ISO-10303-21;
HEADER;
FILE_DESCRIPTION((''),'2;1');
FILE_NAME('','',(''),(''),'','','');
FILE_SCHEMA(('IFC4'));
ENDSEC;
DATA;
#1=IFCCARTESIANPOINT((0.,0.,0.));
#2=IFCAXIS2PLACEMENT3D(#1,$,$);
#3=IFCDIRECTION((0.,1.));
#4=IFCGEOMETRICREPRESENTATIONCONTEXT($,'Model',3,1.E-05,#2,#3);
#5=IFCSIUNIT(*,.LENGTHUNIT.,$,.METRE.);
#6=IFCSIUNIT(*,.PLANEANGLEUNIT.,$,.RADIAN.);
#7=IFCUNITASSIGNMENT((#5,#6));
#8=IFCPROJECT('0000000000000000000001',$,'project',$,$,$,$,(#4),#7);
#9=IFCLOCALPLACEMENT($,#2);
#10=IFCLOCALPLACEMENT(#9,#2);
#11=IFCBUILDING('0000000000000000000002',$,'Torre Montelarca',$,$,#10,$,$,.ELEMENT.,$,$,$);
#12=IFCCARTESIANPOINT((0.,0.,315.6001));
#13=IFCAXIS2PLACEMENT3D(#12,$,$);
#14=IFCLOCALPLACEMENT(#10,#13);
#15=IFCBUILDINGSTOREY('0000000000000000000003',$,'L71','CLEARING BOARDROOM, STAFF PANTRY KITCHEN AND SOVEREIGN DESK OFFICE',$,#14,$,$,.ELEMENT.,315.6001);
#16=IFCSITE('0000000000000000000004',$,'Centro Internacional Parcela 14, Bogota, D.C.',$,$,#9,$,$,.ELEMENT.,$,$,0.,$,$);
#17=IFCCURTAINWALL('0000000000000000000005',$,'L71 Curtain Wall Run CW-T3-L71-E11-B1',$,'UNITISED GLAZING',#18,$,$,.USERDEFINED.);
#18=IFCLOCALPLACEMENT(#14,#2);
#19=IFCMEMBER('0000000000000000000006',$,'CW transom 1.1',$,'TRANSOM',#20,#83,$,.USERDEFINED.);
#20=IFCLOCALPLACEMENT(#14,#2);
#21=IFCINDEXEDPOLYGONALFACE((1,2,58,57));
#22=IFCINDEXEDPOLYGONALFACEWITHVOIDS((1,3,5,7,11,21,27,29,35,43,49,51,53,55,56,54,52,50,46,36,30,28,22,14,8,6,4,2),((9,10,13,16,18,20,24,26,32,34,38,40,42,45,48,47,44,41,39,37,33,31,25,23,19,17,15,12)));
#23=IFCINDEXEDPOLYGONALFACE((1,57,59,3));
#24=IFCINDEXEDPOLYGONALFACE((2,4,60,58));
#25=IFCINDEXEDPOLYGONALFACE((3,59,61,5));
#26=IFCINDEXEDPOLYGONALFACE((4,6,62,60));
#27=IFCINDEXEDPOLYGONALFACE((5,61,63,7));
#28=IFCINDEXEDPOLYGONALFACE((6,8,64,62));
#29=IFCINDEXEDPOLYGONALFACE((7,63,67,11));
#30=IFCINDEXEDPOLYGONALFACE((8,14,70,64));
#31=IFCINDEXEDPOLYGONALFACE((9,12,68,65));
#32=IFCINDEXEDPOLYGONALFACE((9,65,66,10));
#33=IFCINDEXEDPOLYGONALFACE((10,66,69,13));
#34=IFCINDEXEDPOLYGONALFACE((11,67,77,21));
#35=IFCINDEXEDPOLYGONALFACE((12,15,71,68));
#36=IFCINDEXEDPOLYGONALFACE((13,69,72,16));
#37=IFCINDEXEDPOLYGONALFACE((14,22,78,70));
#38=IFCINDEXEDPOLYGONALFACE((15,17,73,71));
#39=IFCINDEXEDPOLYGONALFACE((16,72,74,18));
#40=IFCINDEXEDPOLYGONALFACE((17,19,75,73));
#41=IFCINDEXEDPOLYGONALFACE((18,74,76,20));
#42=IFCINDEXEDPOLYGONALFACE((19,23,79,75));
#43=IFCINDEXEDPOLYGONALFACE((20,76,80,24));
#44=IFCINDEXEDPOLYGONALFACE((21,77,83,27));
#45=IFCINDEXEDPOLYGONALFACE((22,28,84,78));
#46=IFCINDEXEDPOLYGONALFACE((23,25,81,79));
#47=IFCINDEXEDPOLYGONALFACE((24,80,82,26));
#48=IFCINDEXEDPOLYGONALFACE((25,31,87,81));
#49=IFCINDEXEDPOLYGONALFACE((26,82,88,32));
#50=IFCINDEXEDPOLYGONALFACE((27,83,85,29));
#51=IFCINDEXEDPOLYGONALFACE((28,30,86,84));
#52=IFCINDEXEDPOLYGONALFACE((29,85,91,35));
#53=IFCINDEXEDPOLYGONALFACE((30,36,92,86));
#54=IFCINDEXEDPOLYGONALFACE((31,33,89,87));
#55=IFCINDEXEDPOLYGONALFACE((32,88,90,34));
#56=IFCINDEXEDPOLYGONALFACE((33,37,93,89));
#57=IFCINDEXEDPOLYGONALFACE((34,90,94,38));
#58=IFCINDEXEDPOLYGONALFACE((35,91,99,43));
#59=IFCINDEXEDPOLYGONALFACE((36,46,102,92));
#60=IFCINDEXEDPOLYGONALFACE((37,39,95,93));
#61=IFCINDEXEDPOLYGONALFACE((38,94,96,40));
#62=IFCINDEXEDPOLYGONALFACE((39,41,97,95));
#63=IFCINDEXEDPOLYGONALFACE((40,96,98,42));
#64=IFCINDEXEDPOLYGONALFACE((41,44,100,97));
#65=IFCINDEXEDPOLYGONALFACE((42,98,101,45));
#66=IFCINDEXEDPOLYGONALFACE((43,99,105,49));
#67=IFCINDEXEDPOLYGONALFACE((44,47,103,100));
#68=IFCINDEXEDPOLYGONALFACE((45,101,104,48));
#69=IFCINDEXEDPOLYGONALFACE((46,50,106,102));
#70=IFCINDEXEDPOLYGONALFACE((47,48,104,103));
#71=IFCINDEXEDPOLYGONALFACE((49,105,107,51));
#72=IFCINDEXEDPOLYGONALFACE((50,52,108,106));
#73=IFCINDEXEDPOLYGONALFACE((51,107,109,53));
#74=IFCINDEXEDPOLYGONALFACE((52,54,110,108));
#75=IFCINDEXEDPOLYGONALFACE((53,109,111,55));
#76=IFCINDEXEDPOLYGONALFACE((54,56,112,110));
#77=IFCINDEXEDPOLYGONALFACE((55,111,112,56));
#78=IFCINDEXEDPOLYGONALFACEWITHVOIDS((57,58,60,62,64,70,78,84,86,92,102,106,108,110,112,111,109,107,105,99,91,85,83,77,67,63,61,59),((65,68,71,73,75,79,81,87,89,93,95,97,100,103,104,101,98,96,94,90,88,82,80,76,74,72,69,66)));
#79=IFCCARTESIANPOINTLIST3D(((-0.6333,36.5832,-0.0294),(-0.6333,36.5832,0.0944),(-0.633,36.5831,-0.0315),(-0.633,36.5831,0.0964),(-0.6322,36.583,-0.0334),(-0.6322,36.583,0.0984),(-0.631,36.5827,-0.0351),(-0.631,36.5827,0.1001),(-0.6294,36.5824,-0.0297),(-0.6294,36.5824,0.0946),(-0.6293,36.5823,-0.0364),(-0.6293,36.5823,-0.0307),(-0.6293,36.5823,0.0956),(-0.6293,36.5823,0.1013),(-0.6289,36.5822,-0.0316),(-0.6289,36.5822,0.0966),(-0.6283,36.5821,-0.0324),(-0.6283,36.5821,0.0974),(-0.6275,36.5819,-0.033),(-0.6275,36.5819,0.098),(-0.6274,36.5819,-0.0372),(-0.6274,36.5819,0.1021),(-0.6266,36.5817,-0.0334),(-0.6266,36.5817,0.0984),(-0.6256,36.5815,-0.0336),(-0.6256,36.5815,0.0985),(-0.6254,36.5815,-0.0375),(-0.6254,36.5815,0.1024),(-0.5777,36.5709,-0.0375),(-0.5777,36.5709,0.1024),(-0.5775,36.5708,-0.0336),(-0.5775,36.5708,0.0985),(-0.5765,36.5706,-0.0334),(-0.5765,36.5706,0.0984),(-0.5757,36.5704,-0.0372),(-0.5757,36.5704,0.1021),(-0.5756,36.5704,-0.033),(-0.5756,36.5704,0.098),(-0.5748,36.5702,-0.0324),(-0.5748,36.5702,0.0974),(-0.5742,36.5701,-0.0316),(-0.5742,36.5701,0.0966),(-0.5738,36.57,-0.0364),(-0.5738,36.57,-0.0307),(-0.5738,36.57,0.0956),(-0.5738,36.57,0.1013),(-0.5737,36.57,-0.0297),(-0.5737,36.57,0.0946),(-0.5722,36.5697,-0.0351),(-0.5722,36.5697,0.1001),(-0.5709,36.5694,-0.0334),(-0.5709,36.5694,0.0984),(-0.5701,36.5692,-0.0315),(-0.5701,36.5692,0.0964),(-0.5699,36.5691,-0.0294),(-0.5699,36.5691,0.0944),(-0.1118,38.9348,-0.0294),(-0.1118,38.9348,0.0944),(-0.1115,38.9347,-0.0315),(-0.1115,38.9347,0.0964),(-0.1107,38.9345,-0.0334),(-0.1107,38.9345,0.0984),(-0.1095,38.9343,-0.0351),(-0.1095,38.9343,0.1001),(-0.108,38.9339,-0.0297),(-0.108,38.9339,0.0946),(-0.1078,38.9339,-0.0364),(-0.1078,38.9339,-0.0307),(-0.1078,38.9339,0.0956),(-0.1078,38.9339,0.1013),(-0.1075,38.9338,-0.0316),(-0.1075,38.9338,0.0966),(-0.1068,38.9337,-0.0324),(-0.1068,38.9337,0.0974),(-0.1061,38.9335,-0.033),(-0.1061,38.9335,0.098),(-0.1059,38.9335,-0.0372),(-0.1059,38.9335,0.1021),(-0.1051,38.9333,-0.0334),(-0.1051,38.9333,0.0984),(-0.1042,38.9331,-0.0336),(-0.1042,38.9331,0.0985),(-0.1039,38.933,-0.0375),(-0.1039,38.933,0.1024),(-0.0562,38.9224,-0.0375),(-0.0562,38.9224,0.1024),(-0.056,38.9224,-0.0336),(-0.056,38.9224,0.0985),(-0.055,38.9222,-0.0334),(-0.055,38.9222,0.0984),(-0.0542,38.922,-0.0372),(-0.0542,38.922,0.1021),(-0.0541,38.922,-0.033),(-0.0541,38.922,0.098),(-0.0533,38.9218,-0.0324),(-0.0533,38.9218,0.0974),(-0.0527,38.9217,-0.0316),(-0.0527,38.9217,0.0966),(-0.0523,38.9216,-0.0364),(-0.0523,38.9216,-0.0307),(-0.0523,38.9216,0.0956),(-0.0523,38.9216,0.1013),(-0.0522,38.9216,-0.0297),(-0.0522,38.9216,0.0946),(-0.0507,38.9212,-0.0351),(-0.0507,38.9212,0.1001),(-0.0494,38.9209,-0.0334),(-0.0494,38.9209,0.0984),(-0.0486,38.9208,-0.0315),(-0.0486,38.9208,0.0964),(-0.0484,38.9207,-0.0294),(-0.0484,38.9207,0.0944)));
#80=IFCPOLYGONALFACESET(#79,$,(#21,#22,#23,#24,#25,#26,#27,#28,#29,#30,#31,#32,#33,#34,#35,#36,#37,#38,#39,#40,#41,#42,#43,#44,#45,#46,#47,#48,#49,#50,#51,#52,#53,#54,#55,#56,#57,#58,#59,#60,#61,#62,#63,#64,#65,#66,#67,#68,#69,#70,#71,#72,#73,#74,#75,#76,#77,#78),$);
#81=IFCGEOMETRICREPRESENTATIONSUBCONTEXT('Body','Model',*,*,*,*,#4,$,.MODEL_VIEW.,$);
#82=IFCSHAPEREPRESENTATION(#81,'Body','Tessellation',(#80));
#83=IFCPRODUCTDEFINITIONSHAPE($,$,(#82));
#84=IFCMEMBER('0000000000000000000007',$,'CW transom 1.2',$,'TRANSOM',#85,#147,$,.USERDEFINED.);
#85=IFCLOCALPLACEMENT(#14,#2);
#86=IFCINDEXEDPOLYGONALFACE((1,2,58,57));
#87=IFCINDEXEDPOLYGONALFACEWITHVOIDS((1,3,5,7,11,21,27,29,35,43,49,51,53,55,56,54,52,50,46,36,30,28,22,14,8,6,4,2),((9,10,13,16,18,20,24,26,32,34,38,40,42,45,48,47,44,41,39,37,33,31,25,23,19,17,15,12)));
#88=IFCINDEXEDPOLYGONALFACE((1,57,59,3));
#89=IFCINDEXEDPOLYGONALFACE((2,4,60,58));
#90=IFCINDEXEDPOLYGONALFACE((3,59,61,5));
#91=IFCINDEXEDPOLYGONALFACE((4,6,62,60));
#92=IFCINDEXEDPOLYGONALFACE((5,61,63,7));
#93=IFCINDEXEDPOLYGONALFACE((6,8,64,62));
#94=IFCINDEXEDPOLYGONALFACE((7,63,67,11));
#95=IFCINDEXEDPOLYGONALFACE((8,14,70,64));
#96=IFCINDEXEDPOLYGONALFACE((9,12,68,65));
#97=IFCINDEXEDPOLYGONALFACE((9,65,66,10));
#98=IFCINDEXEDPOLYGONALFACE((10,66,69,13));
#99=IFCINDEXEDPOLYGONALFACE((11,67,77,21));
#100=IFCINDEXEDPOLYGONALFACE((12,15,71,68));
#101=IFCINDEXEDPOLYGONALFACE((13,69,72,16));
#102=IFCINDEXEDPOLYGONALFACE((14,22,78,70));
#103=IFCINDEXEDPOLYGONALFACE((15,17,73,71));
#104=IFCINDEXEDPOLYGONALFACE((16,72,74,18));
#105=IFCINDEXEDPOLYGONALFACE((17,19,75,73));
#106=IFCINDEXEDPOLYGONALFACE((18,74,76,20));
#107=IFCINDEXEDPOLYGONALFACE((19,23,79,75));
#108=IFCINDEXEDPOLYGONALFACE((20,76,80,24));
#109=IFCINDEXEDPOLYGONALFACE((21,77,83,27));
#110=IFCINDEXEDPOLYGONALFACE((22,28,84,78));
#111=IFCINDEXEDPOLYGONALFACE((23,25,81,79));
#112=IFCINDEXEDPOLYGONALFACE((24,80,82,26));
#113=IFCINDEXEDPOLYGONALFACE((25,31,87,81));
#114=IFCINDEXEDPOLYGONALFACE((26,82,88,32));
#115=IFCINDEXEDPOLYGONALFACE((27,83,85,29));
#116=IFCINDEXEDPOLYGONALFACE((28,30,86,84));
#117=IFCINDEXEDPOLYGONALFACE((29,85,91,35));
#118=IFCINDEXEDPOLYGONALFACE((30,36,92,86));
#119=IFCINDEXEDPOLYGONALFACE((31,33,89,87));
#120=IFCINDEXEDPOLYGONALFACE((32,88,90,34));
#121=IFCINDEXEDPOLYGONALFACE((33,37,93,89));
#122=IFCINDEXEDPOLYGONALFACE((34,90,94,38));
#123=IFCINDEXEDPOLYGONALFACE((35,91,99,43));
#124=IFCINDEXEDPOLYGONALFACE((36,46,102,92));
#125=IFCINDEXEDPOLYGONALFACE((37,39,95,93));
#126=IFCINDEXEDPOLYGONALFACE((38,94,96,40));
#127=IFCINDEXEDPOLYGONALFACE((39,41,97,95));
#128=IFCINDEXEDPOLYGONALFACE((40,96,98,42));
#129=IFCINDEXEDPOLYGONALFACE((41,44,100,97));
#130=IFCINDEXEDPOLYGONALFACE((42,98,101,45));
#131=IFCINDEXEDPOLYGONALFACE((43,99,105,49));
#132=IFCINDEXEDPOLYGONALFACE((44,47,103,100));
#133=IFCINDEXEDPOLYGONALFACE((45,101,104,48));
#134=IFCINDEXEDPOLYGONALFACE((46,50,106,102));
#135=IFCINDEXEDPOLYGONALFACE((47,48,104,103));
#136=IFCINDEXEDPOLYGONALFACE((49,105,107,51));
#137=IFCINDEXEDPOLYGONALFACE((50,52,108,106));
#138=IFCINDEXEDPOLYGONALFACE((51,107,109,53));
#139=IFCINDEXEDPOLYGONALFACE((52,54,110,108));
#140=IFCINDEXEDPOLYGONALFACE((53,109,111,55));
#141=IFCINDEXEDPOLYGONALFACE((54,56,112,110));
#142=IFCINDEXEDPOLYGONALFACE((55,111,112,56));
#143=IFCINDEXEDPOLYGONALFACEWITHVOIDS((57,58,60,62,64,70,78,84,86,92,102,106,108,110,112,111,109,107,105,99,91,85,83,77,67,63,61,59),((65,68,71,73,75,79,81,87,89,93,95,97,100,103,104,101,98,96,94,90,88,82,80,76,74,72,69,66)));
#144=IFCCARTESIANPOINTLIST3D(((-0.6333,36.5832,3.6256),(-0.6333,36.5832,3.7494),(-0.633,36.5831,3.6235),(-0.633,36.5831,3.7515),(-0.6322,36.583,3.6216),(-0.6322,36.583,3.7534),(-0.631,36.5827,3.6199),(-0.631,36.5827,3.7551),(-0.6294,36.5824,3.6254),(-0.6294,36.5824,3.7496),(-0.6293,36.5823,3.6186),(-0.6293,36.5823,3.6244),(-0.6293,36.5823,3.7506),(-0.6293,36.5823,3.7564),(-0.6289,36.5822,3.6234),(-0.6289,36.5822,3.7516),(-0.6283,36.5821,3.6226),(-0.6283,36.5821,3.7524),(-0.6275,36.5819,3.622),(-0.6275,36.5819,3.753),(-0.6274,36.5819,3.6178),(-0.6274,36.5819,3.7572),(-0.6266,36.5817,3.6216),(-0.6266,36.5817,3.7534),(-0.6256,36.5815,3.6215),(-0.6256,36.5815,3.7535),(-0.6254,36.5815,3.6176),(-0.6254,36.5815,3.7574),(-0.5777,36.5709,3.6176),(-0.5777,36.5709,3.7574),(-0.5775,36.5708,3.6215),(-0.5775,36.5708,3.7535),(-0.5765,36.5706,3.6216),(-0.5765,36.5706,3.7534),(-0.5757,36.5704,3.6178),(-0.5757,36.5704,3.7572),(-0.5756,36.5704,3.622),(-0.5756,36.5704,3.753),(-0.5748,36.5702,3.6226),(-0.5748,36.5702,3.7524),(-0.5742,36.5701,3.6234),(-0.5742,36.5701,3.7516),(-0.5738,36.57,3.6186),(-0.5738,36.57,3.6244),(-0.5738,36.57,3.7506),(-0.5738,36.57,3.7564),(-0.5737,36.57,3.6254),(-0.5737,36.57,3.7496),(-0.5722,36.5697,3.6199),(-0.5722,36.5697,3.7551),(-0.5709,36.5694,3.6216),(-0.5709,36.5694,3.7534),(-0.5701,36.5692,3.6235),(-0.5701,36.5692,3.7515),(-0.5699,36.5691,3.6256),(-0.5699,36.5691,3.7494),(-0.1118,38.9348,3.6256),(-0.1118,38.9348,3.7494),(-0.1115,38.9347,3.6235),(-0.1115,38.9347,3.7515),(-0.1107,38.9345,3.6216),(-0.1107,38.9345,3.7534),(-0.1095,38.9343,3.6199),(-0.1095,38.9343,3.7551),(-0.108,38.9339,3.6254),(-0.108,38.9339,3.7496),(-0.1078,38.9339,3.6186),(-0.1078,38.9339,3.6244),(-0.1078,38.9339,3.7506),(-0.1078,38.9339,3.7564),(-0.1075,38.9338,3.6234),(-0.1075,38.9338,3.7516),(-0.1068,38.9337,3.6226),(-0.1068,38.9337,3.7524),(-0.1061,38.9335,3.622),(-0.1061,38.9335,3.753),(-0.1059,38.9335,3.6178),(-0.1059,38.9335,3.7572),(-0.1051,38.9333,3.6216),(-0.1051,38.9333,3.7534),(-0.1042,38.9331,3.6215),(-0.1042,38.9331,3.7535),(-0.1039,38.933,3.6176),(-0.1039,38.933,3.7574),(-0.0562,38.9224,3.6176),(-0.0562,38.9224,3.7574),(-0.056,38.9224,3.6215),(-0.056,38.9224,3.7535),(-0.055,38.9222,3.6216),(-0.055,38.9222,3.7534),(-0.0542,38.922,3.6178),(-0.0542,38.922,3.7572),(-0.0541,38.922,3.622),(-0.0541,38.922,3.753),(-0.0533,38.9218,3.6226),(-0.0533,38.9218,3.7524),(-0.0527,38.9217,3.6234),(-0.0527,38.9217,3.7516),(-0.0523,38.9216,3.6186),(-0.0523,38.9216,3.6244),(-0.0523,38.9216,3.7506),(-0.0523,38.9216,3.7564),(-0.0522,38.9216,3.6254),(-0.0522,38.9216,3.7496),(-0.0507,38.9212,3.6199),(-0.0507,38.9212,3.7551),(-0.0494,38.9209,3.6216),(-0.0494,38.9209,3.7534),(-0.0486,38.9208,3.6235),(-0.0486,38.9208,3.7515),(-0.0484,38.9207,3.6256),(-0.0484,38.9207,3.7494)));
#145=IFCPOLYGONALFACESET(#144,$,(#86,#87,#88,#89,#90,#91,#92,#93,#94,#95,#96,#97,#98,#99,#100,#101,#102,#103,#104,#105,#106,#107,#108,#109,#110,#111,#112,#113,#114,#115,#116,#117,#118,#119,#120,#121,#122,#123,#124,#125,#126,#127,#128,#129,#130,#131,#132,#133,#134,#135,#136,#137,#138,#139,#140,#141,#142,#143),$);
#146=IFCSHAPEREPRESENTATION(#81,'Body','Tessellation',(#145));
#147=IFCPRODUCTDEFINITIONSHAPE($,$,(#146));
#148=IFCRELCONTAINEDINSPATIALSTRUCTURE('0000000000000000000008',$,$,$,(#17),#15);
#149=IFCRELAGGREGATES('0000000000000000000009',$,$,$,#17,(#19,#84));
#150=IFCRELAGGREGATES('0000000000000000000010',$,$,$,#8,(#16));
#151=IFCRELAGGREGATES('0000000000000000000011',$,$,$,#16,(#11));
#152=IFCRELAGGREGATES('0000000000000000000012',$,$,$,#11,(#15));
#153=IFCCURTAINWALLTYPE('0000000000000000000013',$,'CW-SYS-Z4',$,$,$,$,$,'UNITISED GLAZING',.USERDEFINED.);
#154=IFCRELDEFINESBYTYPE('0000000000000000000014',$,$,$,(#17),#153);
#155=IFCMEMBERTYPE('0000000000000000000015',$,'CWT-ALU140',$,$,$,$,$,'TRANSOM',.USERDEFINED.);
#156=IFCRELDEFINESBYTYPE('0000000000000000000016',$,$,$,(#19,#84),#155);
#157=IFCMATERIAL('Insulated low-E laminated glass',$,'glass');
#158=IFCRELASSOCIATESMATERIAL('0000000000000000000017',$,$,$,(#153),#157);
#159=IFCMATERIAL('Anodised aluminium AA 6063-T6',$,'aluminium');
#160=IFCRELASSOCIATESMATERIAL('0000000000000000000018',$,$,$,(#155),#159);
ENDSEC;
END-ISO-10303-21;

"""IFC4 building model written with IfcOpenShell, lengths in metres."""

from ifc_helpers import new_model, si_unit, direction, frame, origin, origin_2d, place, context, subcontext, project, spatial, hollow_rectangle, extrude, source, transform, mapped, material, material_profile, profile_set, type_object, element, aggregate, save


model = new_model("IFC4")

# Units and contexts
model_context = context("Model", 3, precision=1e-05, world=origin(), true_north=direction((0.0, 1.0)))
body_context = subcontext(model_context, "Body", "Model", "MODEL_VIEW")
ifc_project = project(units=[si_unit("LENGTHUNIT", "METRE"), si_unit("PLANEANGLEUNIT", "RADIAN")], contexts=[model_context])

# Site, building, storey
site_placement = place(None, origin())
site = spatial("IfcSite", under=ifc_project, at=site_placement, Name="Centro Internacional Parcela 14, Bogota, D.C.", CompositionType="ELEMENT", RefElevation=0.0)
building_placement = place(site_placement, origin())
building = spatial("IfcBuilding", under=site, at=building_placement, Name="Torre Montelarca", CompositionType="ELEMENT")
storey_placement = place(building_placement, frame((0.0, 0.0, 315.6001)))
storey = spatial("IfcBuildingStorey", under=building, at=storey_placement, Name="L71", Description="CLEARING BOARDROOM, STAFF PANTRY KITCHEN AND SOVEREIGN DESK OFFICE", CompositionType="ELEMENT", Elevation=315.6001)

# Curtain wall, members
ifc_material_1 = material(Name="Insulated low-E laminated glass", Category="glass")
curtain_wall_type = type_object("IfcCurtainWallType", Name="CW-SYS-Z4", ElementType="UNITISED GLAZING", PredefinedType="USERDEFINED", material=ifc_material_1)
ifc_material_2 = material(Name="Anodised aluminium AA 6063-T6", Category="aluminium")
curtain_wall_1_placement = place(storey_placement, origin())
curtain_wall_1 = element("IfcCurtainWall", 1, at=curtain_wall_1_placement, inside=storey, type_object=curtain_wall_type, Name="L71 Curtain Wall Run CW-T3-L71-E11-B1", ObjectType="UNITISED GLAZING", PredefinedType="USERDEFINED")
ifc_material_profile_1 = material_profile(ifc_material_2, hollow_rectangle(XDim=0.0649, YDim=0.1399, WallThickness=0.0039, InnerFilletRadius=0.0039, OuterFilletRadius=0.0081, at=origin_2d()), Name="ALU65X140X4", Category="aluminium")
ifc_profile_set_1 = profile_set([ifc_material_profile_1], Name="Anodised aluminium AA 6063-T6")
member_type_1 = type_object("IfcMemberType", Name="CWT-ALU140", ElementType="TRANSOM", PredefinedType="USERDEFINED", material=ifc_profile_set_1)
shared_shape_1 = source(origin(), body_context, "Body", "SweptSolid", [
    extrude(hollow_rectangle(XDim=0.0649, YDim=0.1399, WallThickness=0.0039, InnerFilletRadius=0.0039, OuterFilletRadius=0.0081, at=origin_2d()), origin(), (0.0, 0.0, 1.0), 2.4087),
])
member_1_placement = place(storey_placement, frame((-0.0801, 38.9277, 0.0325), z_axis=(-0.216501, -0.976282, 0.0), x_axis=(0.976282, -0.216501, 0.0)))
member_1 = element("IfcMember", 2, at=member_1_placement, type_object=member_type_1, Name="CW transom 1.1", ObjectType="TRANSOM", PredefinedType="USERDEFINED", context=body_context, shape_type="MappedRepresentation", body=[
    mapped(shared_shape_1, transform((0.0, 0.0, 0.0), scale=1.0)),
])
member_2_placement = place(storey_placement, frame((-0.0801, 38.9277, 3.6875), z_axis=(-0.216501, -0.976282, 0.0), x_axis=(0.976282, -0.216501, 0.0)))
member_2 = element("IfcMember", 3, at=member_2_placement, type_object=member_type_1, Name="CW transom 1.2", ObjectType="TRANSOM", PredefinedType="USERDEFINED", context=body_context, shape_type="MappedRepresentation", body=[
    mapped(shared_shape_1, transform((0.0, 0.0, 0.0), scale=1.0)),
])

aggregate(curtain_wall_1, [member_1, member_2])

save(model, "model.ifc")
